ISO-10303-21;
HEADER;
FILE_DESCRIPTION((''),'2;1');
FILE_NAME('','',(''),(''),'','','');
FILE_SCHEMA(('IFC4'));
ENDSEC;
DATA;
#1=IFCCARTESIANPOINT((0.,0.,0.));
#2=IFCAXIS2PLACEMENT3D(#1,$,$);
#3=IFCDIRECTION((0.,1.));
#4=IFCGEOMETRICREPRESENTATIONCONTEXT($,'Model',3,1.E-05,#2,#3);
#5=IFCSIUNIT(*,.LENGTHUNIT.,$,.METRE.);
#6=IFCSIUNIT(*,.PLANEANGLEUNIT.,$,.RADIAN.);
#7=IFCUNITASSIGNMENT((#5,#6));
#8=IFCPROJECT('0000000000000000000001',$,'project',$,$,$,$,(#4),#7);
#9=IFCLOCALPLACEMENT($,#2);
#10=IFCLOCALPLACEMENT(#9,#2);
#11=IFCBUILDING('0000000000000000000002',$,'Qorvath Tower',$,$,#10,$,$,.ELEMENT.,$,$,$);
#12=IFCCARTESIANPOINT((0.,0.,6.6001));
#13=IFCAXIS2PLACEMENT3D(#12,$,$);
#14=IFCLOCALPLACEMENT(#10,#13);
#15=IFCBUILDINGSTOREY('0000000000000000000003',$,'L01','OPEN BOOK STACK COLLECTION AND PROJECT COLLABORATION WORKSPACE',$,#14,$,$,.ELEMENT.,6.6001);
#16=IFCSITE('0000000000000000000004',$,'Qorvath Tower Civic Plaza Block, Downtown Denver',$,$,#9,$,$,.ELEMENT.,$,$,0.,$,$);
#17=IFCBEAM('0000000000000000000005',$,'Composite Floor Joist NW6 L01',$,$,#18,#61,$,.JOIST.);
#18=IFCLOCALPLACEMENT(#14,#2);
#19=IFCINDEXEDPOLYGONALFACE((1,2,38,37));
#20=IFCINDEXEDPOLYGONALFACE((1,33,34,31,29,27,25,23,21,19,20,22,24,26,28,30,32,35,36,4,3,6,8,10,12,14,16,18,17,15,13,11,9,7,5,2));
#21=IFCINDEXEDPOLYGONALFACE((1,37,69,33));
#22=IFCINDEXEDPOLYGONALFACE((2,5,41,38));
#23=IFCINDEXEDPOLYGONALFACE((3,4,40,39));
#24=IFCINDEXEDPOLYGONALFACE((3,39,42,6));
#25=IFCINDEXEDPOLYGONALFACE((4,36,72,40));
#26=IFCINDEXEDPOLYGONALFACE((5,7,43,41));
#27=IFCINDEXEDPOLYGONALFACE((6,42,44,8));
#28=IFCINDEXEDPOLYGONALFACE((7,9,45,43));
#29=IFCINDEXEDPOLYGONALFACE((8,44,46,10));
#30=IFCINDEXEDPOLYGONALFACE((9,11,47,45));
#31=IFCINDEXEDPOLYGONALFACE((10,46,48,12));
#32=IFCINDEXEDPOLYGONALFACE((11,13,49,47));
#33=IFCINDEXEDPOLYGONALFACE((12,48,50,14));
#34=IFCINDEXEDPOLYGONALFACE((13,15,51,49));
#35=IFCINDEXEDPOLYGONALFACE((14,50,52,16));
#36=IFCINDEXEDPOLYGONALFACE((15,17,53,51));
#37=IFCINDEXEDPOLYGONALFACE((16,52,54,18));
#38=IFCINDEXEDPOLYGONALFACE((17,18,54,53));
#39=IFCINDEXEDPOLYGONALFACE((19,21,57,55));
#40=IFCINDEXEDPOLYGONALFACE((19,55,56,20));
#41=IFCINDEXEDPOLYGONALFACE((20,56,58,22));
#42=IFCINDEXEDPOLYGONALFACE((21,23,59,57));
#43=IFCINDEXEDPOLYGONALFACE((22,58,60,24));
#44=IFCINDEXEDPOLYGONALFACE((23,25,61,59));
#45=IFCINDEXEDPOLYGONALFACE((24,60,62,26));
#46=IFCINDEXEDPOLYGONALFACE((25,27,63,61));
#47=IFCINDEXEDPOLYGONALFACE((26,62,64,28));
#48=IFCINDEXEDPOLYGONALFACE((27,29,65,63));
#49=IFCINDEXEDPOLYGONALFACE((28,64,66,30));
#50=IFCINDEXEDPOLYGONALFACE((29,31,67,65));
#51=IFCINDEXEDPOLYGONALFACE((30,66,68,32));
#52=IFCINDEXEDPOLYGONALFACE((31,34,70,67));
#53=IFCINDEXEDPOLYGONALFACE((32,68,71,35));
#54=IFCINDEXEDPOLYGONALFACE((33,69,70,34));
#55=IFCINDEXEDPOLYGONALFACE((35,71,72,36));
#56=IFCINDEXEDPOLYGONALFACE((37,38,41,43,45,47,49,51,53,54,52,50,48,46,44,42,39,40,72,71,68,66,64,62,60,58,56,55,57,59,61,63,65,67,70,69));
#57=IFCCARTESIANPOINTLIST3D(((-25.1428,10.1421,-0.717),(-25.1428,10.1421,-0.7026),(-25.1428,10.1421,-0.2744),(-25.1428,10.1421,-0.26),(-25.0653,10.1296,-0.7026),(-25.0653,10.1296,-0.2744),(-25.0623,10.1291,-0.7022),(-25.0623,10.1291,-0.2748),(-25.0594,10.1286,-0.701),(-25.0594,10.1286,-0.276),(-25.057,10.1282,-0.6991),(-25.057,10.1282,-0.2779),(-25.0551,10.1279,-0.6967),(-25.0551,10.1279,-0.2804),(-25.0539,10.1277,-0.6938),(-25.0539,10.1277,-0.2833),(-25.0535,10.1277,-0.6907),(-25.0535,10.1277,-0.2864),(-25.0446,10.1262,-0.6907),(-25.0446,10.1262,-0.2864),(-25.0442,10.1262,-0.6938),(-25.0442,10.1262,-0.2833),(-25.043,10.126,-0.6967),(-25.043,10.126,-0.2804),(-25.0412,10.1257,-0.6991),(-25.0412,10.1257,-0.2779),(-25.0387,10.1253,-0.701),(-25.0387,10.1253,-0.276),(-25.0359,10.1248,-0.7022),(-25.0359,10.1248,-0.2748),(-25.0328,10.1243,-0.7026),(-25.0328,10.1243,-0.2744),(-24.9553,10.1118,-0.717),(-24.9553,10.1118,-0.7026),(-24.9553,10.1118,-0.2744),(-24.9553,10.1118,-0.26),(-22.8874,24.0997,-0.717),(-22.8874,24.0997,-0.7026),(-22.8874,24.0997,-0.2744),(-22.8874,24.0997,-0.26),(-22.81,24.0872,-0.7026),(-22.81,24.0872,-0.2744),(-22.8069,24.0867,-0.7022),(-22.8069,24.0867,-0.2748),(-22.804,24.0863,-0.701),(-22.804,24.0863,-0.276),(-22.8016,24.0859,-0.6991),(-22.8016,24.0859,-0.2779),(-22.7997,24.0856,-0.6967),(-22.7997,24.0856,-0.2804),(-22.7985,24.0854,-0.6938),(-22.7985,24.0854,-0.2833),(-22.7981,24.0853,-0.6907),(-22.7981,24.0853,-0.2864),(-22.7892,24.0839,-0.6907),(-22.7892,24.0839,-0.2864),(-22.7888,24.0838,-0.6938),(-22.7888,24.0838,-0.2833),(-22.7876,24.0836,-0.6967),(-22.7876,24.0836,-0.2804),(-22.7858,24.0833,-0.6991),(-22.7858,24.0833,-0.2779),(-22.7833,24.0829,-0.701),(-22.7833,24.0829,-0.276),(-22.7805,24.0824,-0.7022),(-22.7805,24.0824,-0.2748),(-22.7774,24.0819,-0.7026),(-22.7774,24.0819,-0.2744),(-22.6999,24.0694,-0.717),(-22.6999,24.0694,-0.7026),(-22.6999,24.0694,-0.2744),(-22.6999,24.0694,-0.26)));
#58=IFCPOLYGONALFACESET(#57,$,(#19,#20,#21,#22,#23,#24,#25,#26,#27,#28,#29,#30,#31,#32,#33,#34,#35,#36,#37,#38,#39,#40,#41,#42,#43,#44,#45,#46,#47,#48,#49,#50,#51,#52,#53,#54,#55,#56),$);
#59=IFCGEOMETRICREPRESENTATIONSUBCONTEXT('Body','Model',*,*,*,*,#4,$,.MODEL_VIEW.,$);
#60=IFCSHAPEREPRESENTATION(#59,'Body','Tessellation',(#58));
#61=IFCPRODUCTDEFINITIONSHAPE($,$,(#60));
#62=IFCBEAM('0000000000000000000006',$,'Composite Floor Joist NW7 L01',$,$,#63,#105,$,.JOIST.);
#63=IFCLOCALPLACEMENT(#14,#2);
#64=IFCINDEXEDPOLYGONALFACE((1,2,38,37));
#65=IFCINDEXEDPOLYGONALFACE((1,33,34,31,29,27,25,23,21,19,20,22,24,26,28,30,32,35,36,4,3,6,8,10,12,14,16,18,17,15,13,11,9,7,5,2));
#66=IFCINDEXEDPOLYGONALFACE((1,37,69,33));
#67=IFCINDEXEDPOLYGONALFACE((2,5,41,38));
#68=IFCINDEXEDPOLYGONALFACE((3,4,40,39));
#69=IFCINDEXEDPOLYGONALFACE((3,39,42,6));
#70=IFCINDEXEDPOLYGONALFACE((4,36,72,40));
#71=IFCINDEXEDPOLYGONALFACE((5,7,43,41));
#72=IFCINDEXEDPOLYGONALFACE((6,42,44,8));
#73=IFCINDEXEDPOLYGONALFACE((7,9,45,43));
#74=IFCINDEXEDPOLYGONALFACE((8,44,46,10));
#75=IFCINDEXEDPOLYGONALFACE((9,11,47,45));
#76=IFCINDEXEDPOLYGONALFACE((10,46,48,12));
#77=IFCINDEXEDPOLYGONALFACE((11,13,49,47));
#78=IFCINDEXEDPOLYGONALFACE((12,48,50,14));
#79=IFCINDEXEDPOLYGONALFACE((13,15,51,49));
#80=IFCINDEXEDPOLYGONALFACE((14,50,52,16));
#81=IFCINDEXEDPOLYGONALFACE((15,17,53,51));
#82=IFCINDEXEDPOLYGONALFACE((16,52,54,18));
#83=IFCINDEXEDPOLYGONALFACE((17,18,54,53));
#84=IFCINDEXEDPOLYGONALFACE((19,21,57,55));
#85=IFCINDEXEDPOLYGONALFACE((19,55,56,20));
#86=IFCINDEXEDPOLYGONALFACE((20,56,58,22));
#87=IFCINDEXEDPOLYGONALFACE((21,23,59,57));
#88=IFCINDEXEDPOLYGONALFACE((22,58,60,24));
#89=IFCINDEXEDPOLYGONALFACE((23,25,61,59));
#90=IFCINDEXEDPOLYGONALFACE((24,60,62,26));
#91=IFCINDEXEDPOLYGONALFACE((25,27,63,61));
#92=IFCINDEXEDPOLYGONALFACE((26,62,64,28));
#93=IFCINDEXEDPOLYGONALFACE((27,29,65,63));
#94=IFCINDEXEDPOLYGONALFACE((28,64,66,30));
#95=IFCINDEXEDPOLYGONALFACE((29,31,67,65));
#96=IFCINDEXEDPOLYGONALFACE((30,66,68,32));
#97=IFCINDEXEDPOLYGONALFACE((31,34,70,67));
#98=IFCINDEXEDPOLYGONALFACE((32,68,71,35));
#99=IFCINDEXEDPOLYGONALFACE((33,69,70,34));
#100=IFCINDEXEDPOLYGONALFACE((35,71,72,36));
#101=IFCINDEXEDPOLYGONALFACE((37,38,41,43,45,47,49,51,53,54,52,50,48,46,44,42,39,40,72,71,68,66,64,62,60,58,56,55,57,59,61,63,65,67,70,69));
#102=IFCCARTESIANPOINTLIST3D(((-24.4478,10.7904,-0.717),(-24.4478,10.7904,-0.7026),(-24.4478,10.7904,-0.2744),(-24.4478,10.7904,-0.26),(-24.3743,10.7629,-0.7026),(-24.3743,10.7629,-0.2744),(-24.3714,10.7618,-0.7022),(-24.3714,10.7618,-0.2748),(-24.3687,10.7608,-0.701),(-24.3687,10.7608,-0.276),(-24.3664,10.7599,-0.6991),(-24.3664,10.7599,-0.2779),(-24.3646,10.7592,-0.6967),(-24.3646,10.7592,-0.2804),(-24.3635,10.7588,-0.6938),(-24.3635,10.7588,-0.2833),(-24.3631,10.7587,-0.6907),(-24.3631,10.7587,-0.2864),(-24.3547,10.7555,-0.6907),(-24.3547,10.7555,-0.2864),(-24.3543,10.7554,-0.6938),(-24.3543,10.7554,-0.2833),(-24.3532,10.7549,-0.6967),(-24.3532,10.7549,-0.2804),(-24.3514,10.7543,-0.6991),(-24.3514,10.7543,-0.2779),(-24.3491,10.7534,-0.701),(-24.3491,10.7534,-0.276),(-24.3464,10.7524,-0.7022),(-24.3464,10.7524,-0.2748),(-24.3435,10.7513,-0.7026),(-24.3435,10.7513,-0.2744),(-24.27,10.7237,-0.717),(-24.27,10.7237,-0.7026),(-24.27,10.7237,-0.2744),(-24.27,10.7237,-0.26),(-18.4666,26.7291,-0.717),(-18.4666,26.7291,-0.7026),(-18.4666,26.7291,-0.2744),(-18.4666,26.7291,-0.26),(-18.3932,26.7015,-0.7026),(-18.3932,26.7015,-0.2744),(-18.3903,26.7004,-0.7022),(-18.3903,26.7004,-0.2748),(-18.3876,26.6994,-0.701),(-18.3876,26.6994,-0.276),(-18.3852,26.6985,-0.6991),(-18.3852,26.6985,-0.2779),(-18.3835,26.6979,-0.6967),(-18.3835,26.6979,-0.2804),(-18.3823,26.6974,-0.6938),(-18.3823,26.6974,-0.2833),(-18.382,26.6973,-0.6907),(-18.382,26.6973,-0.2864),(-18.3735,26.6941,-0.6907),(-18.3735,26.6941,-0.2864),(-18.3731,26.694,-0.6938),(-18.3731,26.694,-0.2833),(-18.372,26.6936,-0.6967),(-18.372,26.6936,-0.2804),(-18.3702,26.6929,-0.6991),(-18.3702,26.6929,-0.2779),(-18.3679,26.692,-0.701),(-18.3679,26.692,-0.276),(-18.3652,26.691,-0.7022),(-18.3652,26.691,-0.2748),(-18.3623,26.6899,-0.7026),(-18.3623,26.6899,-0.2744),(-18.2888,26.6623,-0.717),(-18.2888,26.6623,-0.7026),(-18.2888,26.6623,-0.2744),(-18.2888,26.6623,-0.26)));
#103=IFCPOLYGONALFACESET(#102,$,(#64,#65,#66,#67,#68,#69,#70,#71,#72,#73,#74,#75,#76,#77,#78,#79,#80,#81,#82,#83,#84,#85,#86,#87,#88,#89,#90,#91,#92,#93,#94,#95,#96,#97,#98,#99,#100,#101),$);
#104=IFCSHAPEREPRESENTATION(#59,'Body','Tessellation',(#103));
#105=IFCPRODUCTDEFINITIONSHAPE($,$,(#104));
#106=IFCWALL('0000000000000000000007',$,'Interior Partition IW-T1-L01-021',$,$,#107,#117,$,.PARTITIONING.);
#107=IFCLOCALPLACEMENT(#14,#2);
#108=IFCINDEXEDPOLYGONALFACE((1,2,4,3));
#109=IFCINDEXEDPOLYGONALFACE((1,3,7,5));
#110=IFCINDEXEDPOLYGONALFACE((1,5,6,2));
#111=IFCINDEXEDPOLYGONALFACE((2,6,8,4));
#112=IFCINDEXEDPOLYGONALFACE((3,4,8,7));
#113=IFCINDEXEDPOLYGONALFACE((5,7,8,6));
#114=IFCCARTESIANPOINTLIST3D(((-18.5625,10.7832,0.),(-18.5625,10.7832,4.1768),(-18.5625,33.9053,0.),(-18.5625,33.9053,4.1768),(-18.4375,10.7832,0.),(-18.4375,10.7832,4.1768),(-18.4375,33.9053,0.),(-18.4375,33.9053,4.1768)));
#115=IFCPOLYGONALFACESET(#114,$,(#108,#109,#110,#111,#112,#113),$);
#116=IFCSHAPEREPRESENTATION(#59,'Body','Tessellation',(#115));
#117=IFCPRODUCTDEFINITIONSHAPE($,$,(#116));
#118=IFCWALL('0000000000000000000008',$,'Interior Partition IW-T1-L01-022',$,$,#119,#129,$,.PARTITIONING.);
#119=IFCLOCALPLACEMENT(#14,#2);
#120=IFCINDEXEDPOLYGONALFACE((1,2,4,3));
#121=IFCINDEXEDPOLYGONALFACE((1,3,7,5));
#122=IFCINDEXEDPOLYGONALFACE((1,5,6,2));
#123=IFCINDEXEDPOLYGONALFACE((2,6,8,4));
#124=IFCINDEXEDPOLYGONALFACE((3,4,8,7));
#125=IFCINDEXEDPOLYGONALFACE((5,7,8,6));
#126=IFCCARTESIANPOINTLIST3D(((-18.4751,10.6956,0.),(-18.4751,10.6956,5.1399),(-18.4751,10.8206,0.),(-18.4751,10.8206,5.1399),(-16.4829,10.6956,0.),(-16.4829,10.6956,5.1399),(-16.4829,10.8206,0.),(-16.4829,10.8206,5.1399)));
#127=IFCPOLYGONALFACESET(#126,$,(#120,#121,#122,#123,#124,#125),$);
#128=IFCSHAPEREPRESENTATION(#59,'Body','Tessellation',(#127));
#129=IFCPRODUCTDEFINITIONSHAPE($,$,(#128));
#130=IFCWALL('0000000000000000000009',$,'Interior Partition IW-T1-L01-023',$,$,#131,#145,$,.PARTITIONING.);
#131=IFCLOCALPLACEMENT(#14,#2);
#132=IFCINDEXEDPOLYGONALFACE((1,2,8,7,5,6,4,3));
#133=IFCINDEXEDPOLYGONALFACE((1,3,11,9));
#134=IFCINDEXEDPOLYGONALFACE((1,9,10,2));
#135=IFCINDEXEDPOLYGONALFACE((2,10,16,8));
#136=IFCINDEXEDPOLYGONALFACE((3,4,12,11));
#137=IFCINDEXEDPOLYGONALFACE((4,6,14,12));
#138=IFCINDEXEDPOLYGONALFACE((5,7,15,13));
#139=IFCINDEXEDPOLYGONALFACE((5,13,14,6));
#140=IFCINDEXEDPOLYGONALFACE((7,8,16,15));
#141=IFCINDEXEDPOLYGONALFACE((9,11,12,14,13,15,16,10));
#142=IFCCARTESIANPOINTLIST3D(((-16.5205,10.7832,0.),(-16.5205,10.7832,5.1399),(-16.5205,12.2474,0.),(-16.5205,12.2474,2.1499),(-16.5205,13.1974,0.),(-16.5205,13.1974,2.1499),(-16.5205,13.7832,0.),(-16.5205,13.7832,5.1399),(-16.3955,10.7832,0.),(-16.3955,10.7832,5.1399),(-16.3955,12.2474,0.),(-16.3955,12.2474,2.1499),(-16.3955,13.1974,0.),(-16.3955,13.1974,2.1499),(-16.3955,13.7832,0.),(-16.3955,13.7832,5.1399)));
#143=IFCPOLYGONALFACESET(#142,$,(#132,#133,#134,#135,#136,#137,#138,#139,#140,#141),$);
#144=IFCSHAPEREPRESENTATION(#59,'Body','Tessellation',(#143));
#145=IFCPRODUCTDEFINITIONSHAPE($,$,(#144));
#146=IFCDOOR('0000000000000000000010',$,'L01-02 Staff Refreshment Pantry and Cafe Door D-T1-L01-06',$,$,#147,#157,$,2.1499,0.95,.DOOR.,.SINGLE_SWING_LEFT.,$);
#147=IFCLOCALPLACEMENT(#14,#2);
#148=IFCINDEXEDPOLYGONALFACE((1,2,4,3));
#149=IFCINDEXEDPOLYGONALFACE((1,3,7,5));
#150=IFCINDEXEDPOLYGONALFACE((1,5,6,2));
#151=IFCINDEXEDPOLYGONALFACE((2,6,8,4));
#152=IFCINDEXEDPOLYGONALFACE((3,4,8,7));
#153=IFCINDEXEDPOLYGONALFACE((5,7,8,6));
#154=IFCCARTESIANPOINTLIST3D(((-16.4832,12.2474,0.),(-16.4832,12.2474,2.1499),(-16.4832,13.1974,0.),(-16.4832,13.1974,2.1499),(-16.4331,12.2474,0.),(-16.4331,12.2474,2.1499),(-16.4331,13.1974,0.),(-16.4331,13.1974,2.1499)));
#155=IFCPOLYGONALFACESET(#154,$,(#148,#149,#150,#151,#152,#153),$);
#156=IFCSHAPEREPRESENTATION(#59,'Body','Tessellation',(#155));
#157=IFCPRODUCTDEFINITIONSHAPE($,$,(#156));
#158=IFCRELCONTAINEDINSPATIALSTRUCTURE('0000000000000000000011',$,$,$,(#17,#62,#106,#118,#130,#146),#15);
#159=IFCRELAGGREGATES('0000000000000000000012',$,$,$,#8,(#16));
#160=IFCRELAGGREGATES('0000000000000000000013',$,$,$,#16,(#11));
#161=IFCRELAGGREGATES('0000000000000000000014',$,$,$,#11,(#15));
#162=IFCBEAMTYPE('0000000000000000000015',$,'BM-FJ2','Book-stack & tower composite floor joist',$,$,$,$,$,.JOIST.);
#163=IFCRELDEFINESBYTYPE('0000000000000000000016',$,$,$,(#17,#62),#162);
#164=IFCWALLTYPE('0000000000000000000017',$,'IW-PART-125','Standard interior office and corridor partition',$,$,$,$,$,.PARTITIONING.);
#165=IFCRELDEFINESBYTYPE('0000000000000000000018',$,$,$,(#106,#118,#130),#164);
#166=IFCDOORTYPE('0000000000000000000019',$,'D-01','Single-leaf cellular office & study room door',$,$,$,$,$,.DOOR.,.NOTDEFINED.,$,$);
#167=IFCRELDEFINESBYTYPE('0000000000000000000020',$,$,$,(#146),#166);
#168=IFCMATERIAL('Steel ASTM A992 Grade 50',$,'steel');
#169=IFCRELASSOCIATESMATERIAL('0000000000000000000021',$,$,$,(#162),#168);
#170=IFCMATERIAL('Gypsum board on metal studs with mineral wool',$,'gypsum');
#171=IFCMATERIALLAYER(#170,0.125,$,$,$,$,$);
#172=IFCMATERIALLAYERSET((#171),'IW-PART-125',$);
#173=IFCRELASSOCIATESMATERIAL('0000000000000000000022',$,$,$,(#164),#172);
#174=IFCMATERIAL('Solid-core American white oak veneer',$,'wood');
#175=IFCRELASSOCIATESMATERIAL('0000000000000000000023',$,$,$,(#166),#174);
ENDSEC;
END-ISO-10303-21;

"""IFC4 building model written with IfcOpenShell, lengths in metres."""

from ifc_helpers import new_model, si_unit, direction, frame, frame_2d, origin, origin_2d, place, context, subcontext, project, spatial, rectangle, i_section, extrude, material, layer, layer_set, material_profile, profile_set, type_object, element, fill, save


model = new_model("IFC4")

# Units and contexts
model_context = context("Model", 3, precision=1e-05, world=origin(), true_north=direction((0.0, 1.0)))
body_context = subcontext(model_context, "Body", "Model", "MODEL_VIEW")
ifc_project = project(units=[si_unit("LENGTHUNIT", "METRE"), si_unit("PLANEANGLEUNIT", "RADIAN")], contexts=[model_context])

# Site, building, storey
site_placement = place(None, origin())
site = spatial("IfcSite", under=ifc_project, at=site_placement, Name="Qorvath Tower Civic Plaza Block, Downtown Denver", CompositionType="ELEMENT", RefElevation=0.0)
building_placement = place(site_placement, origin())
building = spatial("IfcBuilding", under=site, at=building_placement, Name="Qorvath Tower", CompositionType="ELEMENT")
storey_placement = place(building_placement, frame((0.0, 0.0, 6.6001)))
storey = spatial("IfcBuildingStorey", under=building, at=storey_placement, Name="L01", Description="OPEN BOOK STACK COLLECTION AND PROJECT COLLABORATION WORKSPACE", CompositionType="ELEMENT", Elevation=6.6001)

# Beams
ifc_material_1 = material(Name="Steel ASTM A992 Grade 50", Category="steel")
ifc_material_profile_1 = material_profile(ifc_material_1, i_section(OverallWidth=0.1899, OverallDepth=0.457, WebThickness=0.009, FlangeThickness=0.0144, FilletRadius=0.012, at=origin_2d()), Name="W18x50")
ifc_profile_set_1 = profile_set([ifc_material_profile_1], Name="Steel ASTM A992 Grade 50")
beam_type_1 = type_object("IfcBeamType", Name="BM-FJ2", Description="Book-stack & tower composite floor joist", PredefinedType="JOIST", material=ifc_profile_set_1)
beam_1_placement = place(storey_placement, frame((-25.0491, 10.127, -0.4885), z_axis=(0.159519, 0.987195, 0.0), x_axis=(-0.987195, 0.159519, 0.0)))
element("IfcBeam", 1, at=beam_1_placement, inside=storey, type_object=beam_type_1, Name="Composite Floor Joist NW6 L01", PredefinedType="JOIST", context=body_context, shape_type="SweptSolid", body=[
    extrude(i_section(OverallWidth=0.1899, OverallDepth=0.457, WebThickness=0.009, FlangeThickness=0.0144, FilletRadius=0.012, at=origin_2d()), origin(), (0.0, 0.0, 1.0), 14.1387),
])
beam_2_placement = place(storey_placement, frame((-24.3589, 10.7571, -0.4885), z_axis=(0.351339, 0.936248, 0.0), x_axis=(-0.936248, 0.351339, 0.0)))
element("IfcBeam", 2, at=beam_2_placement, inside=storey, type_object=beam_type_1, Name="Composite Floor Joist NW7 L01", PredefinedType="JOIST", context=body_context, shape_type="SweptSolid", body=[
    extrude(i_section(OverallWidth=0.1899, OverallDepth=0.457, WebThickness=0.009, FlangeThickness=0.0144, FilletRadius=0.012, at=origin_2d()), origin(), (0.0, 0.0, 1.0), 17.0239),
])

# Walls
ifc_material_2 = material(Name="Gypsum board on metal studs with mineral wool", Category="gypsum")
ifc_layer = layer(ifc_material_2, 0.125)
ifc_layer_set = layer_set([ifc_layer], Name="IW-PART-125")
wall_type = type_object("IfcWallType", Name="IW-PART-125", Description="Standard interior office and corridor partition", PredefinedType="PARTITIONING", material=ifc_layer_set)
wall_1_placement = place(storey_placement, frame((-18.5, 33.9053, 0.0), z_axis=(0.0, 0.0, 1.0), x_axis=(0.0, -1.0, 0.0)))
element("IfcWall", 3, at=wall_1_placement, inside=storey, type_object=wall_type, Name="Interior Partition IW-T1-L01-021", PredefinedType="PARTITIONING", context=body_context, shape_type="SweptSolid", body=[
    extrude(rectangle(XDim=23.1221, YDim=0.125, at=frame_2d((11.561, 0.0))), origin(), (0.0, 0.0, 1.0), 4.1768),
])
wall_2_placement = place(storey_placement, frame((-18.4751, 10.7581, 0.0), z_axis=(0.0, 0.0, 1.0), x_axis=(1.0, 0.0, 0.0)))
element("IfcWall", 4, at=wall_2_placement, inside=storey, type_object=wall_type, Name="Interior Partition IW-T1-L01-022", PredefinedType="PARTITIONING", context=body_context, shape_type="SweptSolid", body=[
    extrude(rectangle(XDim=1.9922, YDim=0.125, at=frame_2d((0.9961, 0.0))), origin(), (0.0, 0.0, 1.0), 5.1399),
])

# Wall, opening, door
wall_3_placement = place(storey_placement, frame((-16.458, 13.7832, 0.0), z_axis=(0.0, 0.0, 1.0), x_axis=(0.0, -1.0, 0.0)))
wall_3 = element("IfcWall", 5, at=wall_3_placement, inside=storey, type_object=wall_type, Name="Interior Partition IW-T1-L01-023", PredefinedType="PARTITIONING", context=body_context, shape_type="SweptSolid", body=[
    extrude(rectangle(XDim=3.0, YDim=0.125, at=frame_2d((1.5, 0.0))), origin(), (0.0, 0.0, 1.0), 5.1399),
])
opening_placement = place(wall_3_placement, frame((0.5857, 0.0, 0.0)))
opening = element("IfcOpeningElement", 6, at=opening_placement, cuts=wall_3, PredefinedType="OPENING", context=body_context, shape_type="SweptSolid", body=[
    extrude(rectangle(XDim=0.95, YDim=2.1499, at=frame_2d((0.4751, 1.075))), frame((0.0, 0.0725, 0.0), z_axis=(0.0, -1.0, 0.0), x_axis=(1.0, 0.0, 0.0)), (0.0, 0.0, 1.0), 0.145),
])
ifc_material_3 = material(Name="Solid-core American white oak veneer", Category="wood")
door_type = type_object("IfcDoorType", Name="D-01", Description="Single-leaf cellular office & study room door", OperationType="NOTDEFINED", PredefinedType="DOOR", material=ifc_material_3)
door_placement = place(opening_placement, origin())
door = element("IfcDoor", 7, at=door_placement, inside=storey, type_object=door_type, Name="L01-02 Staff Refreshment Pantry and Cafe Door D-T1-L01-06", OperationType="SINGLE_SWING_LEFT", OverallHeight=2.1499, OverallWidth=0.95, PredefinedType="DOOR", context=body_context, shape_type="SweptSolid", body=[
    extrude(rectangle(XDim=0.95, YDim=2.1499, at=frame_2d((0.4751, 1.075))), frame((0.0, 0.0249, 0.0), z_axis=(0.0, -1.0, 0.0), x_axis=(1.0, 0.0, 0.0)), (0.0, 0.0, 1.0), 0.05),
])
fill(opening, door)

save(model, "model.ifc")
